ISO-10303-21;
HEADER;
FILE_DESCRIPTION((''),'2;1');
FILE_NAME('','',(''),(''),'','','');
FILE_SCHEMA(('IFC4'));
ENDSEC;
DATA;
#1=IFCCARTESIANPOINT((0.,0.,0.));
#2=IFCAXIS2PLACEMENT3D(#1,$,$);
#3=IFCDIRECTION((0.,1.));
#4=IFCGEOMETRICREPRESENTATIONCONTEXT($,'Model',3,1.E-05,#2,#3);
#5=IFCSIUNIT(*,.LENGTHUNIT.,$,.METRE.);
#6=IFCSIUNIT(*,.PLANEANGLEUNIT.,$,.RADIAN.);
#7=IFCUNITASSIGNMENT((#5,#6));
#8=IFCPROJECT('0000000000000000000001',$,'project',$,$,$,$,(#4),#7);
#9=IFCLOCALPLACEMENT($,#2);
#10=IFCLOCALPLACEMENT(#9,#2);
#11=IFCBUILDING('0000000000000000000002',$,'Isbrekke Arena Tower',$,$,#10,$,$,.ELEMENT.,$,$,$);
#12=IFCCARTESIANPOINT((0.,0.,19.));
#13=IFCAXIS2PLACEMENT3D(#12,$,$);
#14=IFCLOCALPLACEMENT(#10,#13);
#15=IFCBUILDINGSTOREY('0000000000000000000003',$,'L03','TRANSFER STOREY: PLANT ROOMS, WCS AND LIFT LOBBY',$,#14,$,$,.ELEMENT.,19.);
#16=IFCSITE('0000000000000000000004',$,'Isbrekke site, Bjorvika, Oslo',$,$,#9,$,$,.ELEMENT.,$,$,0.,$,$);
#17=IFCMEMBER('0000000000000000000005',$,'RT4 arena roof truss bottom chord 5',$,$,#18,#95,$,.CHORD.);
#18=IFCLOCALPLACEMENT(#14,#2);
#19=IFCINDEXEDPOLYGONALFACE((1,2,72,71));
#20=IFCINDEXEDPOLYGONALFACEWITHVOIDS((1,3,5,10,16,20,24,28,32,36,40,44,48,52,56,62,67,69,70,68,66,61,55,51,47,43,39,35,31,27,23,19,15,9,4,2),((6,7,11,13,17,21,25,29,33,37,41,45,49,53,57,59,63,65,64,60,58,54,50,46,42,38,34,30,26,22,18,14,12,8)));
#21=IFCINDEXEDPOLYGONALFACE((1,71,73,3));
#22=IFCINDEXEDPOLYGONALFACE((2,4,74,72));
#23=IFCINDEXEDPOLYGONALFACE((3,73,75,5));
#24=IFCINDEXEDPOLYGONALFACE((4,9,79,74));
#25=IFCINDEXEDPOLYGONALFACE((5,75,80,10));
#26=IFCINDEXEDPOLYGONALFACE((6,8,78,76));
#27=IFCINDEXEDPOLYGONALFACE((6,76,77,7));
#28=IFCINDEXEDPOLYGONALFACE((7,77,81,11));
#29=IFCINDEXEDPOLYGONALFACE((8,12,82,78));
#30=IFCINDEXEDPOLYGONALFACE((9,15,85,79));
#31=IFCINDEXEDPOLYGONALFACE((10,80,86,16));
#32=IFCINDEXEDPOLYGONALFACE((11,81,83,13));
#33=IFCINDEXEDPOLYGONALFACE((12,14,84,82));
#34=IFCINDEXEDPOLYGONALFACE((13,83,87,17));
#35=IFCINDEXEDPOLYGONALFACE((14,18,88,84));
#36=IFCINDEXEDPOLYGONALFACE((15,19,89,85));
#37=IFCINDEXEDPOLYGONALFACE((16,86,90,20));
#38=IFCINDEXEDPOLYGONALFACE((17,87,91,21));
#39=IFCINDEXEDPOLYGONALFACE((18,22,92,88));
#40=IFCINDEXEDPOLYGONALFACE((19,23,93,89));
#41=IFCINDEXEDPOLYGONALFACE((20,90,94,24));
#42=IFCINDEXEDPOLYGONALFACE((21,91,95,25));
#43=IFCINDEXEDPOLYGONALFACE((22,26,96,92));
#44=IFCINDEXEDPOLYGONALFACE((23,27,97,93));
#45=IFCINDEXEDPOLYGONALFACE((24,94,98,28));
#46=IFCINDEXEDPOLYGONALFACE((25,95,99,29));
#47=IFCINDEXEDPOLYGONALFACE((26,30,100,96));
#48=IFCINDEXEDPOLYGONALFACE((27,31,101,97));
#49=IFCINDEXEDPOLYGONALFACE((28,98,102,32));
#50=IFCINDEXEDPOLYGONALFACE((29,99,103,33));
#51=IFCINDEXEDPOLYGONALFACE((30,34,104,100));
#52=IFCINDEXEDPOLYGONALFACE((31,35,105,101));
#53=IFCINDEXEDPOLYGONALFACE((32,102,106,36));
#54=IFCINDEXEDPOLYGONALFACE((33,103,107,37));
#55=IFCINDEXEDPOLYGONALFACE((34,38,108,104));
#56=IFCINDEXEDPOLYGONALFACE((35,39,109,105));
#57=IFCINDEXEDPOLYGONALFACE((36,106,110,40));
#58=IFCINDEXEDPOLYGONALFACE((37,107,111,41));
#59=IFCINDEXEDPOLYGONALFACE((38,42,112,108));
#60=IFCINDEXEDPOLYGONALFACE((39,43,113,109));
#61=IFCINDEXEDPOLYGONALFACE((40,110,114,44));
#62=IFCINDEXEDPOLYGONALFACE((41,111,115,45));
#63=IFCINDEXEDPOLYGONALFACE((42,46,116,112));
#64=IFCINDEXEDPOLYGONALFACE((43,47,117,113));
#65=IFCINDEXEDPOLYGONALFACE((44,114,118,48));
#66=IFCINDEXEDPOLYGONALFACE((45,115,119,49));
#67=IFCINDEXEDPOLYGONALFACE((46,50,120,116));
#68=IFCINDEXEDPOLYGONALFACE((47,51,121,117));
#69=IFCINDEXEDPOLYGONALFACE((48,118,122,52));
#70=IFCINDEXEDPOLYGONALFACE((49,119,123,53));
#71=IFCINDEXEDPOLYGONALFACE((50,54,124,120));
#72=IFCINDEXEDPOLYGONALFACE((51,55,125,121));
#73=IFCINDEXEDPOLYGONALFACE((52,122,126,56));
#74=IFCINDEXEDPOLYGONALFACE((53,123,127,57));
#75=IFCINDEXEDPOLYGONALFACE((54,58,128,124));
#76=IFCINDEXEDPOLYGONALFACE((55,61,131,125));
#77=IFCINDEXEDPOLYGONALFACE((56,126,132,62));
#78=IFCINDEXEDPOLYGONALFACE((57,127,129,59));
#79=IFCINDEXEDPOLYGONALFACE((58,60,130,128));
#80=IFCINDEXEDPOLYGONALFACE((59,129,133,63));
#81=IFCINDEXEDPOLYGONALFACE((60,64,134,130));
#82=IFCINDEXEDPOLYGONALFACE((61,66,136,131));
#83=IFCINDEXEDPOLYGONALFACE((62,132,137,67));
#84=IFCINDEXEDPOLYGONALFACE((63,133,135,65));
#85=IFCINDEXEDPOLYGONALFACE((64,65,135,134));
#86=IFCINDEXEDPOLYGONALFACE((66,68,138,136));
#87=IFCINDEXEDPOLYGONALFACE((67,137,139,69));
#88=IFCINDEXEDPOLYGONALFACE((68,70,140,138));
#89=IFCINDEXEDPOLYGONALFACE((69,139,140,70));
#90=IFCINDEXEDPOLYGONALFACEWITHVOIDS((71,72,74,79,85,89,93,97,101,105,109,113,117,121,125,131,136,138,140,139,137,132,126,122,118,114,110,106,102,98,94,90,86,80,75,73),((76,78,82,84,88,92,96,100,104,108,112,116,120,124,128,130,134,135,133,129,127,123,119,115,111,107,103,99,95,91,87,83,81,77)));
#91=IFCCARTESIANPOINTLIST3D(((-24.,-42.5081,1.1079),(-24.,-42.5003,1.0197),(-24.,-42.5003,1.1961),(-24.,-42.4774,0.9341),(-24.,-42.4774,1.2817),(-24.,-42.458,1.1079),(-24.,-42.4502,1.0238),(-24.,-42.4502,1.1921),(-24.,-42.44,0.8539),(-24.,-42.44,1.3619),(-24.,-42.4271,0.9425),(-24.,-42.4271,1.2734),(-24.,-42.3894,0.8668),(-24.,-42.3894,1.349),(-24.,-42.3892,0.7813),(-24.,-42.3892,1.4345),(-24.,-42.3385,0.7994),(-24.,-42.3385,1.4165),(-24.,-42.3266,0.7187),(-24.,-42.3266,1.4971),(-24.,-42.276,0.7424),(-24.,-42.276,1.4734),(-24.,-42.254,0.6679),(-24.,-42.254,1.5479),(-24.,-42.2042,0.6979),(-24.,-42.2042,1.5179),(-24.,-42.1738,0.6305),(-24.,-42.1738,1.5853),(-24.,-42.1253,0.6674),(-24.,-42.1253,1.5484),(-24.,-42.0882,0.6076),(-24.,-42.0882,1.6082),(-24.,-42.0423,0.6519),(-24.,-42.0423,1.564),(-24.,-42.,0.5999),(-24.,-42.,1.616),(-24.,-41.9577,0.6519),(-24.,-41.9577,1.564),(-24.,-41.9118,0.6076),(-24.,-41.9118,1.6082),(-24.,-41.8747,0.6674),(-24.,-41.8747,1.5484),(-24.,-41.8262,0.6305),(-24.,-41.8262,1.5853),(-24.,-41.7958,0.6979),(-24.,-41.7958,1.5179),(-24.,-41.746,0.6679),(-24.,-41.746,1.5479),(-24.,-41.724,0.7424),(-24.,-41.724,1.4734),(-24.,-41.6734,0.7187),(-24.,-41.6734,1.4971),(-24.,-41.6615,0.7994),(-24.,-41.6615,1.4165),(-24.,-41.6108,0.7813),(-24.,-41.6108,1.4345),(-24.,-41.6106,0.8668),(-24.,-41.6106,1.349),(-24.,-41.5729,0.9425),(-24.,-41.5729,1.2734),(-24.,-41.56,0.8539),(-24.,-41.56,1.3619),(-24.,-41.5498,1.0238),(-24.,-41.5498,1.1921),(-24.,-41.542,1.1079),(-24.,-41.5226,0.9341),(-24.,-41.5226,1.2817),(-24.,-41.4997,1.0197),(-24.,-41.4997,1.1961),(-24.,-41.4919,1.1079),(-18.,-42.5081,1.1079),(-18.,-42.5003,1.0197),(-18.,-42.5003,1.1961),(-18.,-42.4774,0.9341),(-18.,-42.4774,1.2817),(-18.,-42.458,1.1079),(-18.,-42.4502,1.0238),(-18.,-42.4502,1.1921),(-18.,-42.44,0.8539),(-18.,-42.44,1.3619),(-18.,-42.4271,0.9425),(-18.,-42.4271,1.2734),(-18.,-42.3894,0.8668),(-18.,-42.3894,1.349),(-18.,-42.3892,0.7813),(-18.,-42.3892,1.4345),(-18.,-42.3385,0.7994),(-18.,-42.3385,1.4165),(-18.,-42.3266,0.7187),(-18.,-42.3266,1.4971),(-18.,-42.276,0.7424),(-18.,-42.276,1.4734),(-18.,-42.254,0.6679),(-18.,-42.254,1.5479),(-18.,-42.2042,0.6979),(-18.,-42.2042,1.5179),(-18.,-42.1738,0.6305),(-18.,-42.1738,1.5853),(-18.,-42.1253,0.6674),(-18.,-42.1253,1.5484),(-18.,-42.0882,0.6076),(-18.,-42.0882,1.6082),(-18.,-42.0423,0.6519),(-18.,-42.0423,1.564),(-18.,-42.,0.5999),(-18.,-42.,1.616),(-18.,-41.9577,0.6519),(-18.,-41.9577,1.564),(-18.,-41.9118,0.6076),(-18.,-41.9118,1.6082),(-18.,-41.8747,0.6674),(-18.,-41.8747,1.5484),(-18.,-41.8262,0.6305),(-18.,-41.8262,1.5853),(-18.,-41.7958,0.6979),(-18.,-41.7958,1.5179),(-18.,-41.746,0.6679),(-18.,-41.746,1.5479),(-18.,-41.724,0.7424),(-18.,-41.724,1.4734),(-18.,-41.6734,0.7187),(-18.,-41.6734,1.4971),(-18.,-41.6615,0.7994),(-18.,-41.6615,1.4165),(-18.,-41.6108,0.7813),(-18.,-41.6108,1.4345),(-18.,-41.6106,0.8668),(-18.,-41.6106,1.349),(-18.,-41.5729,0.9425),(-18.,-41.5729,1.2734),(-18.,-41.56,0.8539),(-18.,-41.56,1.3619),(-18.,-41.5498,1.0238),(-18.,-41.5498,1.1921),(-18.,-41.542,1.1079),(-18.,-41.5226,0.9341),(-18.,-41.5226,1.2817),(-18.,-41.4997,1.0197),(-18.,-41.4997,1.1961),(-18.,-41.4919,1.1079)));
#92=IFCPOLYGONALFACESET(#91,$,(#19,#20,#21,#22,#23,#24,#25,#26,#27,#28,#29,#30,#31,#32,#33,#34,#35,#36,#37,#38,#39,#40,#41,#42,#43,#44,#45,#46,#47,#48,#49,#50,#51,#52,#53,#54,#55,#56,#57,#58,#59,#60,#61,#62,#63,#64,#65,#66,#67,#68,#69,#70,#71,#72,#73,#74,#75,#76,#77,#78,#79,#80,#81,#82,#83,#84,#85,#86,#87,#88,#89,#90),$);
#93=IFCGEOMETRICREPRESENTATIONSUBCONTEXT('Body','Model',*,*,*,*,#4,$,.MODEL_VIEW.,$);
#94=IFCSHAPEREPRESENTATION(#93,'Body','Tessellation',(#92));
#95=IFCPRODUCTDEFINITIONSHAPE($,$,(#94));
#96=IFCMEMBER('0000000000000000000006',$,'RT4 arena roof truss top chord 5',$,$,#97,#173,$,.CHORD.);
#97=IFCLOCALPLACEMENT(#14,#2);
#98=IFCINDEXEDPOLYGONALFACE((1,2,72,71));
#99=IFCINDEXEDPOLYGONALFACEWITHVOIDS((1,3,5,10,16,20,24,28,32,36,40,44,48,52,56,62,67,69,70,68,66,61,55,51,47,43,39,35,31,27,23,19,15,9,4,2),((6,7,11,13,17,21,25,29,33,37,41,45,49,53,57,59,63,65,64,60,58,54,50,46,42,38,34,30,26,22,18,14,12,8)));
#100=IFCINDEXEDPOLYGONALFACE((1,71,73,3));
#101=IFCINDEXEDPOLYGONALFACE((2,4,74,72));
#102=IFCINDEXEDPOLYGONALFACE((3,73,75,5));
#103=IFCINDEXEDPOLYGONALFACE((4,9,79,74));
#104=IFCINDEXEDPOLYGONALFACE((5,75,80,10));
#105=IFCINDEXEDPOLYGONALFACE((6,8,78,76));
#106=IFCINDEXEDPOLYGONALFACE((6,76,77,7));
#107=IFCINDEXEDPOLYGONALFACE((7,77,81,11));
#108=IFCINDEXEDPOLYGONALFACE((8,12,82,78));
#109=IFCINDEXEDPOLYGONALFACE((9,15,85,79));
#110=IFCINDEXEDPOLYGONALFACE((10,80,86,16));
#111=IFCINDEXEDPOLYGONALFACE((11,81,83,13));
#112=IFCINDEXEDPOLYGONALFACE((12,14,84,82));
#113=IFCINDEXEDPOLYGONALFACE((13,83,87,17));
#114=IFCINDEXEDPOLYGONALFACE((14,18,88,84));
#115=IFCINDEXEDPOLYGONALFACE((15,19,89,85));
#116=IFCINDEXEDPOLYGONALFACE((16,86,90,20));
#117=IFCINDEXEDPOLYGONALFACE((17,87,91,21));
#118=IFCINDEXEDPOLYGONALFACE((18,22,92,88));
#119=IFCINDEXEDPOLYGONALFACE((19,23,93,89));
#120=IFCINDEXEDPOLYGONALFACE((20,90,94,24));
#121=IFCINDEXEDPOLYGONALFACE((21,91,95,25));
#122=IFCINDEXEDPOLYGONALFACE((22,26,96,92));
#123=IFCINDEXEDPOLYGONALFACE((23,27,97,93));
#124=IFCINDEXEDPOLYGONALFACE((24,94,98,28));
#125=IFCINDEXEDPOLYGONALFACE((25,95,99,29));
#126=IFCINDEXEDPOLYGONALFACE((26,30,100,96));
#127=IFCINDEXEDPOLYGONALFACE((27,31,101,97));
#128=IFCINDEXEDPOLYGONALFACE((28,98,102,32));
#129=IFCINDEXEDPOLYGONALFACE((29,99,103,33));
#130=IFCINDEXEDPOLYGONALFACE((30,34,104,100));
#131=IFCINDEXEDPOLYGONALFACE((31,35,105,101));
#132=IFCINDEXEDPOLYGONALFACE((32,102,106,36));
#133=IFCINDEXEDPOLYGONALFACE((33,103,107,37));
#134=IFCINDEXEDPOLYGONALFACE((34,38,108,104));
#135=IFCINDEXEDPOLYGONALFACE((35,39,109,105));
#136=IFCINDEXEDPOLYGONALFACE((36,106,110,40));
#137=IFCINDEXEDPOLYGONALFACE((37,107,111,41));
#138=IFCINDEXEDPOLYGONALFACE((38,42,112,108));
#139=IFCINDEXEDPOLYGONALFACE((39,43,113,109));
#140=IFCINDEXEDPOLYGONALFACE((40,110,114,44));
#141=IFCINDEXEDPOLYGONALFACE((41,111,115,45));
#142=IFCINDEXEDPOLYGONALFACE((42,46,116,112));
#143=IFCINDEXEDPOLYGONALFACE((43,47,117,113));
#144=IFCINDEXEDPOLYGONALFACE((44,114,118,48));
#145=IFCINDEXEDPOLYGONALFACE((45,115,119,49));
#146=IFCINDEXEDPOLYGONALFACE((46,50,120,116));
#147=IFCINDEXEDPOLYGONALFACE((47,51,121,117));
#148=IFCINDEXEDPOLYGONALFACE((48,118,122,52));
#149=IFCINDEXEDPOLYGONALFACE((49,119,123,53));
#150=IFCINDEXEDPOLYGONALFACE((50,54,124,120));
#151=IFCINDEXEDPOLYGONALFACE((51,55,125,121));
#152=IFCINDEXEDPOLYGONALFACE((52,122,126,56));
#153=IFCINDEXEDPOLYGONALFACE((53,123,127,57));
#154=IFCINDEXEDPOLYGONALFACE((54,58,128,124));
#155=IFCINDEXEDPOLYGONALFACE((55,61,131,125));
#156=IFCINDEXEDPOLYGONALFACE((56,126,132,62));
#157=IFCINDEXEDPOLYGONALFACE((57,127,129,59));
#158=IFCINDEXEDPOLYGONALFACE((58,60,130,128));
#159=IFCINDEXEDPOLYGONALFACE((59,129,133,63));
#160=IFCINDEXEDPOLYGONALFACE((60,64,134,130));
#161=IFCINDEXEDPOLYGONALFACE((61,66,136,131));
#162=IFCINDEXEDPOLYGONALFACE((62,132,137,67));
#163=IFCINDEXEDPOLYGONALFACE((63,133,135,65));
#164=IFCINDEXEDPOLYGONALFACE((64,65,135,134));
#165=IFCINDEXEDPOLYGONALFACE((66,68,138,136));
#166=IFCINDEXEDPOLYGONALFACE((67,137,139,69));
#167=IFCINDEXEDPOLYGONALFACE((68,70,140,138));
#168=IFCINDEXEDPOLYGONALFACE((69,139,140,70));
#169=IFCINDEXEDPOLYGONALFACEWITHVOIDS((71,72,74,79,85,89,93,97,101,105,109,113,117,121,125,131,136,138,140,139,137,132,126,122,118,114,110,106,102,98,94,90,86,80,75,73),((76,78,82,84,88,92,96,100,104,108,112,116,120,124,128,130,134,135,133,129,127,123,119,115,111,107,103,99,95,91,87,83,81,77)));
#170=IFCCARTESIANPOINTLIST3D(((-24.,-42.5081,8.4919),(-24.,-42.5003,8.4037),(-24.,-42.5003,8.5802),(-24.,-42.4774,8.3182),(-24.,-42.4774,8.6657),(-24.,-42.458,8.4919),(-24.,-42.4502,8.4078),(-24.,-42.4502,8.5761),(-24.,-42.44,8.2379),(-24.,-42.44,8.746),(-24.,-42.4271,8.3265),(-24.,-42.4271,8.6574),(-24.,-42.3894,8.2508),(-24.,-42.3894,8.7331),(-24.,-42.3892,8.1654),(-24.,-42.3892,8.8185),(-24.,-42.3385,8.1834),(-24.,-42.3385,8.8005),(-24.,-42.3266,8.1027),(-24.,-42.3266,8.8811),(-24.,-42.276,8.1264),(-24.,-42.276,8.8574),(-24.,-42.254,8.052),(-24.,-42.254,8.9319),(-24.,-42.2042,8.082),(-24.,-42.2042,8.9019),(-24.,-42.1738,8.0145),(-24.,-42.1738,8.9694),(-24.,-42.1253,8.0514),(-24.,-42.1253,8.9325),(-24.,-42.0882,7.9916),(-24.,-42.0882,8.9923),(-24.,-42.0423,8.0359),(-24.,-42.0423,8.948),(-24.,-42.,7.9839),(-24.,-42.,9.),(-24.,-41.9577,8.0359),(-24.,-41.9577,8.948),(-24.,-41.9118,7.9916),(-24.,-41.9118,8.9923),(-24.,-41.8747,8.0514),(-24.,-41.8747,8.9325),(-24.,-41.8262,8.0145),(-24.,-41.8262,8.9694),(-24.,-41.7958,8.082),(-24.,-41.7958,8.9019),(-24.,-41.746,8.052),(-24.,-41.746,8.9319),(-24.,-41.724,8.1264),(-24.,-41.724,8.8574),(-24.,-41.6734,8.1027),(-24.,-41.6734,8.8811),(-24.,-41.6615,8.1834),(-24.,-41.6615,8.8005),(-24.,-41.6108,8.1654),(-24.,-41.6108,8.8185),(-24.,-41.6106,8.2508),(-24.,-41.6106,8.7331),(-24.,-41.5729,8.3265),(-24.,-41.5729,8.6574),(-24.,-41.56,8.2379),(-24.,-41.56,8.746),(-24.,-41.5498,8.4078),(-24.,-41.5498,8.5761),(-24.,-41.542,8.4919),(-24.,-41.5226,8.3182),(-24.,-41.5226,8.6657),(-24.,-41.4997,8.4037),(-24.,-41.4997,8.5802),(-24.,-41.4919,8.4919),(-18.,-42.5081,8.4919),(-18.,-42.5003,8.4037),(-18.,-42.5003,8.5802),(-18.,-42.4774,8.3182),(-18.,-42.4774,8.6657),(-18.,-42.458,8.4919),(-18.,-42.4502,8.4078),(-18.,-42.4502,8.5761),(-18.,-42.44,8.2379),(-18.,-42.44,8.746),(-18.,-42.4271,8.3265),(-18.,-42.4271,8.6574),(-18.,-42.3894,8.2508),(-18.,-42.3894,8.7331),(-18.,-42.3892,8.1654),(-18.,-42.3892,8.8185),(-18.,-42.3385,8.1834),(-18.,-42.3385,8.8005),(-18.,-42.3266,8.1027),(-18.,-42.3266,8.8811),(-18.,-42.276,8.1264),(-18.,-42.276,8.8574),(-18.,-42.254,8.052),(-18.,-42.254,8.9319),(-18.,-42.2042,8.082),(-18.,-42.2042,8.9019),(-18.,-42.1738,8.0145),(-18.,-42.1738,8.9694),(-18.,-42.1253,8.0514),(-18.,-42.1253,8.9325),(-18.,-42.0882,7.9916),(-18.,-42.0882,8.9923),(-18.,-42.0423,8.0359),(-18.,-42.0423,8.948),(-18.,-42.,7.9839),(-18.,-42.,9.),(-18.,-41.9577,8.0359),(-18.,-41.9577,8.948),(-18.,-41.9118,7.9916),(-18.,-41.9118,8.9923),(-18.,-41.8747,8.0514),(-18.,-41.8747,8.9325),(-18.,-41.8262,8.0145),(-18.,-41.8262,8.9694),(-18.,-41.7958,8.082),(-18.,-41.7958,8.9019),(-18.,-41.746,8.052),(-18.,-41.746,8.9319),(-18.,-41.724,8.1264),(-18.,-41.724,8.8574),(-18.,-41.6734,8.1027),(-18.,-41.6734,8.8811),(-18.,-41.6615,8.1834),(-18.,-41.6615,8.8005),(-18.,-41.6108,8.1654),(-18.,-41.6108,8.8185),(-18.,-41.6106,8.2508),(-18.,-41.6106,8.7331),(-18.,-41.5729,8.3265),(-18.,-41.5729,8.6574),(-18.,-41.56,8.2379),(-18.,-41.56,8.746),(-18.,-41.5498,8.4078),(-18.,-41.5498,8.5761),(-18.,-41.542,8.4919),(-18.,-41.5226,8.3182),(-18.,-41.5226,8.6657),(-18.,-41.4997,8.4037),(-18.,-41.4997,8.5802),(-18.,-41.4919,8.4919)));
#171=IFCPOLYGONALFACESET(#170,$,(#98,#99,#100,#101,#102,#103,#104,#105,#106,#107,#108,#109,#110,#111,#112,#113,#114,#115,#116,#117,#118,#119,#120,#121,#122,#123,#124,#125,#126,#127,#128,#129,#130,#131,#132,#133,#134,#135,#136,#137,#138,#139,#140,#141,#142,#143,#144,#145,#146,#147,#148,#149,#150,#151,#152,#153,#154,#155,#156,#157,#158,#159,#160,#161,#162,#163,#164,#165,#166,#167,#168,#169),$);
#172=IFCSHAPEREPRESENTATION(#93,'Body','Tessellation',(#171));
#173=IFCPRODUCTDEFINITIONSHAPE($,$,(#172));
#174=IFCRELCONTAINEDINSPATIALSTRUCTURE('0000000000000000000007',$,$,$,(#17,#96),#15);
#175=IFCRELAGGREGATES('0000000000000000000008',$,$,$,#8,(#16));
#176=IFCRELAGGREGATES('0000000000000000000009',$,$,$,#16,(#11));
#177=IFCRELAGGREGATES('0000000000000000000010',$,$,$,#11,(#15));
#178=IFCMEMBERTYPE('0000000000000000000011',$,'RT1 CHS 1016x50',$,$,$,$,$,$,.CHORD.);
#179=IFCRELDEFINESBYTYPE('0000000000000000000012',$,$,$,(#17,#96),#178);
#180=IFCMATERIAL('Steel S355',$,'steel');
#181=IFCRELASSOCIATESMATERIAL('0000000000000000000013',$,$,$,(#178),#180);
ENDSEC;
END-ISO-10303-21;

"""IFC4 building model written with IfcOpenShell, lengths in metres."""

from ifc_helpers import new_model, si_unit, direction, frame, origin, origin_2d, place, context, subcontext, project, spatial, hollow_circle, extrude, material, material_profile, profile_set, type_object, element, save


model = new_model("IFC4")

# Units and contexts
model_context = context("Model", 3, precision=1e-05, world=origin(), true_north=direction((0.0, 1.0)))
body_context = subcontext(model_context, "Body", "Model", "MODEL_VIEW")
ifc_project = project(units=[si_unit("LENGTHUNIT", "METRE"), si_unit("PLANEANGLEUNIT", "RADIAN")], contexts=[model_context])

# Site, building, storey
site_placement = place(None, origin())
site = spatial("IfcSite", under=ifc_project, at=site_placement, Name="Isbrekke site, Bjorvika, Oslo", CompositionType="ELEMENT", RefElevation=0.0)
building_placement = place(site_placement, origin())
building = spatial("IfcBuilding", under=site, at=building_placement, Name="Isbrekke Arena Tower", CompositionType="ELEMENT")
storey_placement = place(building_placement, frame((0.0, 0.0, 19.0)))
storey = spatial("IfcBuildingStorey", under=building, at=storey_placement, Name="L03", Description="TRANSFER STOREY: PLANT ROOMS, WCS AND LIFT LOBBY", CompositionType="ELEMENT", Elevation=19.0)

# Members
ifc_material_1 = material(Name="Steel S355", Category="steel")
ifc_material_profile_1 = material_profile(ifc_material_1, hollow_circle(Radius=0.5081, WallThickness=0.05, at=origin_2d()), Name="CHS 1016x50")
ifc_profile_set_1 = profile_set([ifc_material_profile_1], Name="Steel S355")
member_type_1 = type_object("IfcMemberType", Name="RT1 CHS 1016x50", PredefinedType="CHORD", material=ifc_profile_set_1)
for number, where, z_axis, x_axis, name in (
    (1, (-24.0, -42.0, 1.1079), (1.0, 0.0, 0.0), (0.0, 1.0, 0.0), "RT4 arena roof truss bottom chord 5"),
    (2, (-24.0, -42.0, 8.4919), (1.0, 0.0, 0.0), (0.0, 1.0, 0.0), "RT4 arena roof truss top chord 5"),
):
    element("IfcMember", number, at=place(storey_placement, frame(where, z_axis=z_axis, x_axis=x_axis)), inside=storey, type_object=member_type_1, Name=name, PredefinedType="CHORD", context=body_context, shape_type="SweptSolid", body=[
        extrude(hollow_circle(Radius=0.5081, WallThickness=0.05, at=origin_2d()), origin(), (0.0, 0.0, 1.0), 6.0),
    ])

save(model, "model.ifc")
